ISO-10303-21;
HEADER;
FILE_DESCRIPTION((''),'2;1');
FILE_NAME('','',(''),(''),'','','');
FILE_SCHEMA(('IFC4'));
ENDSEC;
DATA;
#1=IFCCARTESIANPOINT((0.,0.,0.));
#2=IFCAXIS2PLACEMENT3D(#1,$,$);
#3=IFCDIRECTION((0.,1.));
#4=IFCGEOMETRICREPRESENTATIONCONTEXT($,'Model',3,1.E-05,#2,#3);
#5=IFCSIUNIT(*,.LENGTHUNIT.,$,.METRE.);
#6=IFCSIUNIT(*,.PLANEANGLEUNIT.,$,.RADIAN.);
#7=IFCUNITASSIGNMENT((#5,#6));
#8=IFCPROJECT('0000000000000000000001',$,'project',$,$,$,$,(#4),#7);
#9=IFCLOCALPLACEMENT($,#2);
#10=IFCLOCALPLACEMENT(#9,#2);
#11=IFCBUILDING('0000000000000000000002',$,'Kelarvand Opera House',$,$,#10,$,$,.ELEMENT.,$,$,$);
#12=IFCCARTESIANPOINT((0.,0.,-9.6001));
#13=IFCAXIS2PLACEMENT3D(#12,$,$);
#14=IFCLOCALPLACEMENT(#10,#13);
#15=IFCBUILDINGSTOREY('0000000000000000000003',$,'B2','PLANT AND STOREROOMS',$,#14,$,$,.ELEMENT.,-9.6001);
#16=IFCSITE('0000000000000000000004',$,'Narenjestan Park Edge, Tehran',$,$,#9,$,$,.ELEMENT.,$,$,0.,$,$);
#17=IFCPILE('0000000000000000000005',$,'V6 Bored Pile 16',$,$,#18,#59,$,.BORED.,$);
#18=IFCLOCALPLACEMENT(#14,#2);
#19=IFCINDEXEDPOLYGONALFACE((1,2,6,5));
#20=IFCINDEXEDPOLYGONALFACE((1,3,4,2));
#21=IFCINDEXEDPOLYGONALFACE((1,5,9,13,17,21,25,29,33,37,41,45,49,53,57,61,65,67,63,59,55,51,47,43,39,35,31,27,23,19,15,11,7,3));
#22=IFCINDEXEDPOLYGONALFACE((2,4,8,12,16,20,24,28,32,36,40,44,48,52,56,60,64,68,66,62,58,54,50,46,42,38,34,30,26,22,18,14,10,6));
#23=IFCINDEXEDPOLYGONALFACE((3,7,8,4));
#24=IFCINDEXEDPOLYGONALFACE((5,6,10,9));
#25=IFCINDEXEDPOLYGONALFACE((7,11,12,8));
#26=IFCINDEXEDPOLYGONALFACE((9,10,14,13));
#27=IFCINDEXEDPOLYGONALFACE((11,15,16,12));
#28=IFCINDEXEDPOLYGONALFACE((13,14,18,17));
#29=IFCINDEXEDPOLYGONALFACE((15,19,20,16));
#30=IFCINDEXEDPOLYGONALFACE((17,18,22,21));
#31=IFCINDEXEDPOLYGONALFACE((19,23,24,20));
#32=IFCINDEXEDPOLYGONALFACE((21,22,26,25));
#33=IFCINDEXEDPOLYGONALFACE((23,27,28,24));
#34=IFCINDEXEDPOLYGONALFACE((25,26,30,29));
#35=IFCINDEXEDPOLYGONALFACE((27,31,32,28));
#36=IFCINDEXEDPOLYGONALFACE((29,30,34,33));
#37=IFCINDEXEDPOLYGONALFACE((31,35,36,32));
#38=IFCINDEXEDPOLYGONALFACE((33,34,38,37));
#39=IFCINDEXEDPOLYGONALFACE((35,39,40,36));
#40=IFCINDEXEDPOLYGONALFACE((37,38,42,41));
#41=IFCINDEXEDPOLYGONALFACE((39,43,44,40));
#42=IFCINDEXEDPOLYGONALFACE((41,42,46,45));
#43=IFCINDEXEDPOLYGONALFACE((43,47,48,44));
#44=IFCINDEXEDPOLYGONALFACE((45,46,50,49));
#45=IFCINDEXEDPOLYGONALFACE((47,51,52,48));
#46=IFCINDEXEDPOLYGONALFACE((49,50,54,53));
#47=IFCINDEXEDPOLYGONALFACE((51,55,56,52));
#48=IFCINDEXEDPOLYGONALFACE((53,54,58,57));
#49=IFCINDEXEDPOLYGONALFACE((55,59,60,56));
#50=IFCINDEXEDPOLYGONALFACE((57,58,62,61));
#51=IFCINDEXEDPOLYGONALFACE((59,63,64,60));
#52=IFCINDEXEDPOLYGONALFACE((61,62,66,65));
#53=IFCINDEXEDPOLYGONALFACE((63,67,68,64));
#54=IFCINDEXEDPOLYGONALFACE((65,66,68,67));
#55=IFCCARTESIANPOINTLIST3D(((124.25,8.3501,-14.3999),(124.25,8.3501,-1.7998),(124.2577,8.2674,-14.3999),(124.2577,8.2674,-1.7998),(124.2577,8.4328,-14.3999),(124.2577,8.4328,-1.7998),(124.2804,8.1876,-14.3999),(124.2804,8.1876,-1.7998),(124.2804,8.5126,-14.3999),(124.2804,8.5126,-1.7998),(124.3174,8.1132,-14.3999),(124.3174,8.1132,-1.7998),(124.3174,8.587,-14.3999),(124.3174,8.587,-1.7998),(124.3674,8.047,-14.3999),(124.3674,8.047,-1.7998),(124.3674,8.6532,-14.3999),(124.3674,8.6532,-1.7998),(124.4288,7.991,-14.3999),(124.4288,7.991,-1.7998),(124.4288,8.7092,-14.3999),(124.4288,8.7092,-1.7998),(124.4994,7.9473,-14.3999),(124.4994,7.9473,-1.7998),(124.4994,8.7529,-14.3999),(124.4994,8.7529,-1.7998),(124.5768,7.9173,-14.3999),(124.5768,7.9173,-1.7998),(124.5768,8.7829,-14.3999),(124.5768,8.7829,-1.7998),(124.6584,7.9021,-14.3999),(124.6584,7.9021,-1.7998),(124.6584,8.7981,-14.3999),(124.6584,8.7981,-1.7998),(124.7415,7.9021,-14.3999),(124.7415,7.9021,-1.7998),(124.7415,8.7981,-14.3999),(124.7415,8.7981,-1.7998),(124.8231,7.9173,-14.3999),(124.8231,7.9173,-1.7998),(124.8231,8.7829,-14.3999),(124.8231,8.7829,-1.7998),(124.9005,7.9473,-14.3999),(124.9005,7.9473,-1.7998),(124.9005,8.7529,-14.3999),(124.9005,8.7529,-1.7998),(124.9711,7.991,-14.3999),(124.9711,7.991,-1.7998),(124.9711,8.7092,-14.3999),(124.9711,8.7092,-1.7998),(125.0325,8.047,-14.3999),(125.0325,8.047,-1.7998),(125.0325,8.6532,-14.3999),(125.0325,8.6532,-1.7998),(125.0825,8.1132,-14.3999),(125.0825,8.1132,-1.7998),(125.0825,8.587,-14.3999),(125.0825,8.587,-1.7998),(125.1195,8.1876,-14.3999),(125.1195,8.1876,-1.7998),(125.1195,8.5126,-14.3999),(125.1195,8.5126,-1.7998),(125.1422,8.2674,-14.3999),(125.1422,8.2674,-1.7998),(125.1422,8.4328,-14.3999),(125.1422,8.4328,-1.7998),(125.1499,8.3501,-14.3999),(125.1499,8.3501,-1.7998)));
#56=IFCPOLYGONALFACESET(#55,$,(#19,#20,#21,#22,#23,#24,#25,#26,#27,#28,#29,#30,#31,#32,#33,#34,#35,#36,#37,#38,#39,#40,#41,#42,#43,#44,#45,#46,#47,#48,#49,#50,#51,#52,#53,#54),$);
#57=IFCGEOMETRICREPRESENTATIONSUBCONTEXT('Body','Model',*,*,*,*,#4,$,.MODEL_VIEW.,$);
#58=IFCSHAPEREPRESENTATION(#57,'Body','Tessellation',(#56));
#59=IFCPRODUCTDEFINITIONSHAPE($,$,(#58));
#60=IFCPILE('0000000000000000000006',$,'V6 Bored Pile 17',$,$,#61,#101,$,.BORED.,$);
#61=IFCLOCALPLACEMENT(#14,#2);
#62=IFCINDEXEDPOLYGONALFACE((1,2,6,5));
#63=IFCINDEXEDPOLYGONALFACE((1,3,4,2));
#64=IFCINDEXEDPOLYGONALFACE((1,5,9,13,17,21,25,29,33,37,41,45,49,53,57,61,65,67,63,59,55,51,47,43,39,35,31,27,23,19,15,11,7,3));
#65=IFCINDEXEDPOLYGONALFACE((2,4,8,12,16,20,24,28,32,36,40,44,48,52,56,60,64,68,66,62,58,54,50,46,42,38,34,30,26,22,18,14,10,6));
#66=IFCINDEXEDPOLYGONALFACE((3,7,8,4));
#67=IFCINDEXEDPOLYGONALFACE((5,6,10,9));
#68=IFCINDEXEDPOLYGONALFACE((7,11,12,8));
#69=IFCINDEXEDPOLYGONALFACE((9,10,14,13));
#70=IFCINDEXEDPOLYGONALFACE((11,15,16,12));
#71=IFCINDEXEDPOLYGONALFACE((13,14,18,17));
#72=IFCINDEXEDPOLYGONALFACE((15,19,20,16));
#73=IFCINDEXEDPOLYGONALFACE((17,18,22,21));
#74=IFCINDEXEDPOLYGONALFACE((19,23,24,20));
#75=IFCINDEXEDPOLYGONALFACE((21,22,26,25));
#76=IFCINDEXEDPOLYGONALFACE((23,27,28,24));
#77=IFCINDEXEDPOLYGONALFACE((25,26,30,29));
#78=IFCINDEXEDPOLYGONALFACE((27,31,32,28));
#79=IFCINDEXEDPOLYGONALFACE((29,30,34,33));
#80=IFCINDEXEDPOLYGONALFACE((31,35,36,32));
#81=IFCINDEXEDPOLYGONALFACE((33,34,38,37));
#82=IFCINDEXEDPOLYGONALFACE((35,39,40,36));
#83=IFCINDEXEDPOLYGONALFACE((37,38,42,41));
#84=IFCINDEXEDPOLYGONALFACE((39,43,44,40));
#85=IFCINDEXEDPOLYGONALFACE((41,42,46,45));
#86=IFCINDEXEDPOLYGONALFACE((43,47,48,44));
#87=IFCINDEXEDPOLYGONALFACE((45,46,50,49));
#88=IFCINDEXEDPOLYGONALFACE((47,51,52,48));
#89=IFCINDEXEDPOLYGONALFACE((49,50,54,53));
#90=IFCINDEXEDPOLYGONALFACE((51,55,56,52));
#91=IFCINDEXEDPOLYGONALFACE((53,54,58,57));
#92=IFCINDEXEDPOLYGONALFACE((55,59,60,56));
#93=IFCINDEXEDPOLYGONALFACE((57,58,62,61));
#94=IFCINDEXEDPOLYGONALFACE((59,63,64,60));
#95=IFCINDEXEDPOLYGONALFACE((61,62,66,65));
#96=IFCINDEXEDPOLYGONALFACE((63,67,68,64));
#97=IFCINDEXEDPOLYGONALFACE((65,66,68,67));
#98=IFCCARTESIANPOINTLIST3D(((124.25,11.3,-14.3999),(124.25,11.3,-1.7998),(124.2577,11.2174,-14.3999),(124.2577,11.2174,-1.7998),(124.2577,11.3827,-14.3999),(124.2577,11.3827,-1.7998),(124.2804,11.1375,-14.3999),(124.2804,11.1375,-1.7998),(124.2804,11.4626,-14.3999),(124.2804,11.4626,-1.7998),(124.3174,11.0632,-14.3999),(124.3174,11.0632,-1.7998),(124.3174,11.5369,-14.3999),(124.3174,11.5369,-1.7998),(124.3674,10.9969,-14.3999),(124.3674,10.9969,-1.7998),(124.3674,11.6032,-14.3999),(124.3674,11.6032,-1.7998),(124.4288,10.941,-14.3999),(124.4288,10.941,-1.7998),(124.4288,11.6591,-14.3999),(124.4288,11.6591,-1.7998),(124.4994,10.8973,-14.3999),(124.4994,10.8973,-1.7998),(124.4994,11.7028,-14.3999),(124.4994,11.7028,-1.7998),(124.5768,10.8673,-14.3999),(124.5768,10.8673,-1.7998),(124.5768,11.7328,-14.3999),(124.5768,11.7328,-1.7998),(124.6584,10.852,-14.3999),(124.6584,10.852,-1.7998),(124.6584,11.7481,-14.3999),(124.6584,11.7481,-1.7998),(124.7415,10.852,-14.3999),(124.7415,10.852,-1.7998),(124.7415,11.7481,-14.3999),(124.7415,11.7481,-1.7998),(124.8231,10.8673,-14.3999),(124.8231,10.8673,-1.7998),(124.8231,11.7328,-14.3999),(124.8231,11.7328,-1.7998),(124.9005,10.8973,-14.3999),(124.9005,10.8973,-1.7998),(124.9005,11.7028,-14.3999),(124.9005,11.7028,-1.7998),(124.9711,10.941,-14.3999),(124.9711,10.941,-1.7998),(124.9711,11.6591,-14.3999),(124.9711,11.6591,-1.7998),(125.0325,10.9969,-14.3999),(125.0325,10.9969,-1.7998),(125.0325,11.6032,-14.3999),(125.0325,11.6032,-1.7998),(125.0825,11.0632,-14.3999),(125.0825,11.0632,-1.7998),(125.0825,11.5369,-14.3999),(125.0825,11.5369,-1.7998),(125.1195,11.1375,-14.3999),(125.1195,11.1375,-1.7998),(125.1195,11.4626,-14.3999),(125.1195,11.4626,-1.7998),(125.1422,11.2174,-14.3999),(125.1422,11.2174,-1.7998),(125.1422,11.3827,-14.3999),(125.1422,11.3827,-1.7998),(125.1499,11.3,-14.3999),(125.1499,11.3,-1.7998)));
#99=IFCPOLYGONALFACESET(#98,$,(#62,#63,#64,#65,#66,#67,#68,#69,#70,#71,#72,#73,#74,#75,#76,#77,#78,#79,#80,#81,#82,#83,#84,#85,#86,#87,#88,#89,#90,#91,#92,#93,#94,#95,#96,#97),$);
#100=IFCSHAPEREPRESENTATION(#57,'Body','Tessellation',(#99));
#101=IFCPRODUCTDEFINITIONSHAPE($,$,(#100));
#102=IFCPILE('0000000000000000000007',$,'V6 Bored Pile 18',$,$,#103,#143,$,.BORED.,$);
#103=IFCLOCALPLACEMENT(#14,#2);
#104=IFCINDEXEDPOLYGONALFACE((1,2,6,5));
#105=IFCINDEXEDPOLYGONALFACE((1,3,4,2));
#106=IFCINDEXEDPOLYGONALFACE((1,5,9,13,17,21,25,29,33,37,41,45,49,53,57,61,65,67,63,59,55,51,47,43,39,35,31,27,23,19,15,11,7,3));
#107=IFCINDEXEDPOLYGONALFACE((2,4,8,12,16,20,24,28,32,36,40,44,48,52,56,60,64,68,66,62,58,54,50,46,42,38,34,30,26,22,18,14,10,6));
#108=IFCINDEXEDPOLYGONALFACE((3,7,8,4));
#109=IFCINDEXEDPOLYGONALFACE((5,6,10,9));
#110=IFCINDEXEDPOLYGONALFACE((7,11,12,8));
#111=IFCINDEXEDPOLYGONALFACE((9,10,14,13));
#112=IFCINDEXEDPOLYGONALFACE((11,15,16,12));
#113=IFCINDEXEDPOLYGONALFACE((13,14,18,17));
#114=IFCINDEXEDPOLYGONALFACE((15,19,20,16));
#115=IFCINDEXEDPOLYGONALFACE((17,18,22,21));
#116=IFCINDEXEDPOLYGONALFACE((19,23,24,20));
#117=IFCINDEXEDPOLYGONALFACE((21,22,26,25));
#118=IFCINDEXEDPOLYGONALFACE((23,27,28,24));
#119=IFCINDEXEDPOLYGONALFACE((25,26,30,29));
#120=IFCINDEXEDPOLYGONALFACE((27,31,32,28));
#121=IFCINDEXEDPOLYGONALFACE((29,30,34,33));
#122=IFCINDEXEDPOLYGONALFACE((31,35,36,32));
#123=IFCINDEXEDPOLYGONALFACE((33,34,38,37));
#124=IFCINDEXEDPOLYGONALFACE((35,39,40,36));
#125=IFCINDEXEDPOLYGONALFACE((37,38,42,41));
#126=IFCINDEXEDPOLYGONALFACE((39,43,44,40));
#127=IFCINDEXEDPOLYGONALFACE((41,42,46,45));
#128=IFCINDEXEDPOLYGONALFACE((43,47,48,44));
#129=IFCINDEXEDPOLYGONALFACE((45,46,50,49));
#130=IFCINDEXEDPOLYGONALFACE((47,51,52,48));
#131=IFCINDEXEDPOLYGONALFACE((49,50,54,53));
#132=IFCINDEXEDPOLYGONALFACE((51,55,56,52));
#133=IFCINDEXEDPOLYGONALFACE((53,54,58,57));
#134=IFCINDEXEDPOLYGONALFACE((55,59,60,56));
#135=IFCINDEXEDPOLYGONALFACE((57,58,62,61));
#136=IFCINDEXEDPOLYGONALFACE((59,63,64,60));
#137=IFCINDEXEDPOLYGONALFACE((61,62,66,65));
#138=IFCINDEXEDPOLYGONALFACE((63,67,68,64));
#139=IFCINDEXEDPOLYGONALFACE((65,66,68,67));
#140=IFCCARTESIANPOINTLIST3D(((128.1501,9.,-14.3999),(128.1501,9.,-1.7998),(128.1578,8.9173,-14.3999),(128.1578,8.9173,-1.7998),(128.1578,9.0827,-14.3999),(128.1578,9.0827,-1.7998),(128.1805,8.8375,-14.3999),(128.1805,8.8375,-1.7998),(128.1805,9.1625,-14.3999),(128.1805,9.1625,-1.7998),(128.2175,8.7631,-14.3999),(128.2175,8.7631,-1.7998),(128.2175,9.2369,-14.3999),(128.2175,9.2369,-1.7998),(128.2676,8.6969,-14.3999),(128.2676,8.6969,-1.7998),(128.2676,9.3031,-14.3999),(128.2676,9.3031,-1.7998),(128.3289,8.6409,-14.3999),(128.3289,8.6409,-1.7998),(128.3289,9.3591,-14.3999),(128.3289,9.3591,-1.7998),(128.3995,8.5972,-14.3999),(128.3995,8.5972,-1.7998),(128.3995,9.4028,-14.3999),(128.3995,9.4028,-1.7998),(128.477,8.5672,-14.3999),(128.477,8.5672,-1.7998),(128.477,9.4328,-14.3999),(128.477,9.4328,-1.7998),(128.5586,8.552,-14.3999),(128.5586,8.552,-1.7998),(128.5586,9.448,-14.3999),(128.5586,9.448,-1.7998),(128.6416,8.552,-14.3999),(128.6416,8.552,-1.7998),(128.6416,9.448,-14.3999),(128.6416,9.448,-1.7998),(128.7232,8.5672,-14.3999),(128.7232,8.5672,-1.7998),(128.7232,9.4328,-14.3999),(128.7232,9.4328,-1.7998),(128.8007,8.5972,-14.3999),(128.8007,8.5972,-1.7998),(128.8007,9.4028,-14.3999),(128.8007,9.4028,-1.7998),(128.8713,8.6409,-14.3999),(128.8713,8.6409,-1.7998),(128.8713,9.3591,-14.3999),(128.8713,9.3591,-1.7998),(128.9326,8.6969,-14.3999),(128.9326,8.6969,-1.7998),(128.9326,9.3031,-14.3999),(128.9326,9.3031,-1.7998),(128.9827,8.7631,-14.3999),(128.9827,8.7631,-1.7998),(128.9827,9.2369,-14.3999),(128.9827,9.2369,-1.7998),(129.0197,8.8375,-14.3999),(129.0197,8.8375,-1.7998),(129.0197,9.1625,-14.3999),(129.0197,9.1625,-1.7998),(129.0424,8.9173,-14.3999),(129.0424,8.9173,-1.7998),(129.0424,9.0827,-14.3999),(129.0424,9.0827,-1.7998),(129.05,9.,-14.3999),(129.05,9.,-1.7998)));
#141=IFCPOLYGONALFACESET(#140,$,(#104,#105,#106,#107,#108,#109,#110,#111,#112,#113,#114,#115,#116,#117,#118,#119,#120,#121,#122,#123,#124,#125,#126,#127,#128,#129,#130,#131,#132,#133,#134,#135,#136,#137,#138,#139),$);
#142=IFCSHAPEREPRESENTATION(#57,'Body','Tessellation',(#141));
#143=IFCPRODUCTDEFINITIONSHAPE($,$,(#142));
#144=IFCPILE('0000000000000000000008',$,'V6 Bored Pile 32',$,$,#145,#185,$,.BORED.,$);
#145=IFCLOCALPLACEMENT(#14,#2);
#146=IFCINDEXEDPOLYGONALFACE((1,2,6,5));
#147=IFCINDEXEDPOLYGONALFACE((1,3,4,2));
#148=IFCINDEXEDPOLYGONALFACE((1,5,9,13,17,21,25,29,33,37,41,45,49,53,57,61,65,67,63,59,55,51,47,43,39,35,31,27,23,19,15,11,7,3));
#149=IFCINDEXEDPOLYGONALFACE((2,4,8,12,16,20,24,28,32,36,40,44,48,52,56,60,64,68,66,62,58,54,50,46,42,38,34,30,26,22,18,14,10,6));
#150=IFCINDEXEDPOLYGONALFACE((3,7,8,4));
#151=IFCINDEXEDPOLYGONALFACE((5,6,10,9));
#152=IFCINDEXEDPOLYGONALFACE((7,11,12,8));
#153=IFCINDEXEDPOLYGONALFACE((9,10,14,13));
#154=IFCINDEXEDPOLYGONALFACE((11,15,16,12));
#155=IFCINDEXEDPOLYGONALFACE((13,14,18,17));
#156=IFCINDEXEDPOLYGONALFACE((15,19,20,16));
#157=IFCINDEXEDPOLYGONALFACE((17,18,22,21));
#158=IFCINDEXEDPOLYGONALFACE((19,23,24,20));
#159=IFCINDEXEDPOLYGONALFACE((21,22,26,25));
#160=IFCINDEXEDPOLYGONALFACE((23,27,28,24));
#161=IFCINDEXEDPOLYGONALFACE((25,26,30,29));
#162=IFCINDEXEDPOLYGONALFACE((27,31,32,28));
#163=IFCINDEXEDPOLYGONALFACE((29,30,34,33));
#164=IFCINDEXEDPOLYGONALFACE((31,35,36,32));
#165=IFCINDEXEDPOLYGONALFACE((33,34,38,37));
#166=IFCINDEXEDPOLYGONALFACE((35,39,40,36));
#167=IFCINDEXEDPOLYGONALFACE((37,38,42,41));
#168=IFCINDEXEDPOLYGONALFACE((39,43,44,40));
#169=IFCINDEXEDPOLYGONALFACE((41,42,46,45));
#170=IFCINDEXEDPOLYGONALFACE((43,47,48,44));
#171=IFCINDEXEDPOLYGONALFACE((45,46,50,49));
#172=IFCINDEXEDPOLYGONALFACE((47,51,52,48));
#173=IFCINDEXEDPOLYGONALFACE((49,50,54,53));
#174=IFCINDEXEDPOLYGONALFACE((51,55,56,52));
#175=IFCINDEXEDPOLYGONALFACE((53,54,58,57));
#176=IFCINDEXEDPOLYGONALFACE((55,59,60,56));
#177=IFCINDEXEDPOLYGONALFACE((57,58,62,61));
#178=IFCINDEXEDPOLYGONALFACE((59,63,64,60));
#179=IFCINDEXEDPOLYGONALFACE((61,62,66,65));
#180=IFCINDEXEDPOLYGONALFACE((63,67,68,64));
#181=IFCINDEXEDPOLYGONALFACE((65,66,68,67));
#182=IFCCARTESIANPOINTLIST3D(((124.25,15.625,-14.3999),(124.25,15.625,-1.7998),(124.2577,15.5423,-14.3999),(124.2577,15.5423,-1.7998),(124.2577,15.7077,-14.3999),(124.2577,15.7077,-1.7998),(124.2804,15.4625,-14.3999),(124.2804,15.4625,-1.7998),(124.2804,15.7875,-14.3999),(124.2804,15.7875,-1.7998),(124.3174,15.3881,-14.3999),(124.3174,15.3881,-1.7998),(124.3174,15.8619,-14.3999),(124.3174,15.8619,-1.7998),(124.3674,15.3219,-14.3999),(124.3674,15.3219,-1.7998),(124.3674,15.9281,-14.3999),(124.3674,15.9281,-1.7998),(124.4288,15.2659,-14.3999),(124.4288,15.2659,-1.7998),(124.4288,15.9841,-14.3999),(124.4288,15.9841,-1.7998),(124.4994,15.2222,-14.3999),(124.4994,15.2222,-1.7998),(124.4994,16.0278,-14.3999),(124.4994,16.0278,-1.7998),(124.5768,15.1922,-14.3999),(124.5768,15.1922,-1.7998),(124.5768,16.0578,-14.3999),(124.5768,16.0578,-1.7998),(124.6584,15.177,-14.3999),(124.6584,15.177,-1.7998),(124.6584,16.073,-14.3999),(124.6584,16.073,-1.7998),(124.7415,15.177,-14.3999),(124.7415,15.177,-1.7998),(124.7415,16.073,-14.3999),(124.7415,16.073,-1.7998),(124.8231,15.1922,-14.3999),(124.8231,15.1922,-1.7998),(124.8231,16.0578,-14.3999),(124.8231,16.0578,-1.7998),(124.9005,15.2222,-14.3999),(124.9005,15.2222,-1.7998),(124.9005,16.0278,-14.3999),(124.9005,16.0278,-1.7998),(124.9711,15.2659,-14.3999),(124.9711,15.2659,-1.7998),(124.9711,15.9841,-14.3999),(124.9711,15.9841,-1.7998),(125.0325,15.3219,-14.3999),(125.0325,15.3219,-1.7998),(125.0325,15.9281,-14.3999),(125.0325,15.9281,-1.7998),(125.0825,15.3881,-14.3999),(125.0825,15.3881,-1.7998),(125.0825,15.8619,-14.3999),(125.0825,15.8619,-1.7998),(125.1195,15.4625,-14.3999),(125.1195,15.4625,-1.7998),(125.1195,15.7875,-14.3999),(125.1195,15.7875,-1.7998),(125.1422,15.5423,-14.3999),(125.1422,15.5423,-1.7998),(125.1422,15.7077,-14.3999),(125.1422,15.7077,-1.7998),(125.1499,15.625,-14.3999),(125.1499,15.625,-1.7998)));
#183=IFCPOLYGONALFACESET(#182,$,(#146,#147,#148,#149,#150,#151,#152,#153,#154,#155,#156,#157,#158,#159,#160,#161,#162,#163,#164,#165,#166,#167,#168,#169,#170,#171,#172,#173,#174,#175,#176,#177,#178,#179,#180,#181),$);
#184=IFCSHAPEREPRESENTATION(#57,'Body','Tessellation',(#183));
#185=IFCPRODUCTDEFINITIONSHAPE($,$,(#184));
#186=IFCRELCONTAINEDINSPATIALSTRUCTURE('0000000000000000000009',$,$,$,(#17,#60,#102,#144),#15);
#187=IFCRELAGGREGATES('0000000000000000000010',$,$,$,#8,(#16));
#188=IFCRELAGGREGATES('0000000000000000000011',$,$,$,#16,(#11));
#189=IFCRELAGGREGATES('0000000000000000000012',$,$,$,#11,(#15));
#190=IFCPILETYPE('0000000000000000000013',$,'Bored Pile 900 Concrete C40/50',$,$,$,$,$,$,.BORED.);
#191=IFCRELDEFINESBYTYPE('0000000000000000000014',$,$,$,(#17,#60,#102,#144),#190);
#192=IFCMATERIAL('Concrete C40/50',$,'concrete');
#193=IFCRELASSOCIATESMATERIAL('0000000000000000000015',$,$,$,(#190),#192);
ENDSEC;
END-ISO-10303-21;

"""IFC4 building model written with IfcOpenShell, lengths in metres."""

from ifc_helpers import new_model, si_unit, direction, frame, origin, origin_2d, place, context, subcontext, project, spatial, circle, extrude, material, material_profile, profile_set, type_object, element, save


model = new_model("IFC4")

# Units and contexts
model_context = context("Model", 3, precision=1e-05, world=origin(), true_north=direction((0.0, 1.0)))
body_context = subcontext(model_context, "Body", "Model", "MODEL_VIEW")
ifc_project = project(units=[si_unit("LENGTHUNIT", "METRE"), si_unit("PLANEANGLEUNIT", "RADIAN")], contexts=[model_context])

# Site, building, storey
site_placement = place(None, origin())
site = spatial("IfcSite", under=ifc_project, at=site_placement, Name="Narenjestan Park Edge, Tehran", CompositionType="ELEMENT", RefElevation=0.0)
building_placement = place(site_placement, origin())
building = spatial("IfcBuilding", under=site, at=building_placement, Name="Kelarvand Opera House", CompositionType="ELEMENT")
storey_placement = place(building_placement, frame((0.0, 0.0, -9.6001)))
storey = spatial("IfcBuildingStorey", under=building, at=storey_placement, Name="B2", Description="PLANT AND STOREROOMS", CompositionType="ELEMENT", Elevation=-9.6001)

# Piles
ifc_material_1 = material(Name="Concrete C40/50", Category="concrete")
ifc_material_profile_1 = material_profile(ifc_material_1, circle(Radius=0.45, at=origin_2d()), Name="BP 900", Category="concrete")
ifc_profile_set_1 = profile_set([ifc_material_profile_1], Name="Concrete C40/50")
pile_type = type_object("IfcPileType", Name="Bored Pile 900 Concrete C40/50", PredefinedType="BORED", material=ifc_profile_set_1)
for number, where, z_axis, x_axis, name in (
    (1, (124.7, 8.3501, -1.7998), (0.0, 0.0, -1.0), (1.0, 0.0, 0.0), "V6 Bored Pile 16"),
    (2, (124.7, 11.3, -1.7998), (0.0, 0.0, -1.0), (1.0, 0.0, 0.0), "V6 Bored Pile 17"),
    (3, (128.6001, 9.0, -1.7998), (0.0, 0.0, -1.0), (1.0, 0.0, 0.0), "V6 Bored Pile 18"),
    (4, (124.7, 15.625, -1.7998), (0.0, 0.0, -1.0), (1.0, 0.0, 0.0), "V6 Bored Pile 32"),
):
    element("IfcPile", number, at=place(storey_placement, frame(where, z_axis=z_axis, x_axis=x_axis)), inside=storey, type_object=pile_type, Name=name, PredefinedType="BORED", context=body_context, shape_type="SweptSolid", body=[
        extrude(circle(Radius=0.45, at=origin_2d()), origin(), (0.0, 0.0, 1.0), 12.6001),
    ])

save(model, "model.ifc")
